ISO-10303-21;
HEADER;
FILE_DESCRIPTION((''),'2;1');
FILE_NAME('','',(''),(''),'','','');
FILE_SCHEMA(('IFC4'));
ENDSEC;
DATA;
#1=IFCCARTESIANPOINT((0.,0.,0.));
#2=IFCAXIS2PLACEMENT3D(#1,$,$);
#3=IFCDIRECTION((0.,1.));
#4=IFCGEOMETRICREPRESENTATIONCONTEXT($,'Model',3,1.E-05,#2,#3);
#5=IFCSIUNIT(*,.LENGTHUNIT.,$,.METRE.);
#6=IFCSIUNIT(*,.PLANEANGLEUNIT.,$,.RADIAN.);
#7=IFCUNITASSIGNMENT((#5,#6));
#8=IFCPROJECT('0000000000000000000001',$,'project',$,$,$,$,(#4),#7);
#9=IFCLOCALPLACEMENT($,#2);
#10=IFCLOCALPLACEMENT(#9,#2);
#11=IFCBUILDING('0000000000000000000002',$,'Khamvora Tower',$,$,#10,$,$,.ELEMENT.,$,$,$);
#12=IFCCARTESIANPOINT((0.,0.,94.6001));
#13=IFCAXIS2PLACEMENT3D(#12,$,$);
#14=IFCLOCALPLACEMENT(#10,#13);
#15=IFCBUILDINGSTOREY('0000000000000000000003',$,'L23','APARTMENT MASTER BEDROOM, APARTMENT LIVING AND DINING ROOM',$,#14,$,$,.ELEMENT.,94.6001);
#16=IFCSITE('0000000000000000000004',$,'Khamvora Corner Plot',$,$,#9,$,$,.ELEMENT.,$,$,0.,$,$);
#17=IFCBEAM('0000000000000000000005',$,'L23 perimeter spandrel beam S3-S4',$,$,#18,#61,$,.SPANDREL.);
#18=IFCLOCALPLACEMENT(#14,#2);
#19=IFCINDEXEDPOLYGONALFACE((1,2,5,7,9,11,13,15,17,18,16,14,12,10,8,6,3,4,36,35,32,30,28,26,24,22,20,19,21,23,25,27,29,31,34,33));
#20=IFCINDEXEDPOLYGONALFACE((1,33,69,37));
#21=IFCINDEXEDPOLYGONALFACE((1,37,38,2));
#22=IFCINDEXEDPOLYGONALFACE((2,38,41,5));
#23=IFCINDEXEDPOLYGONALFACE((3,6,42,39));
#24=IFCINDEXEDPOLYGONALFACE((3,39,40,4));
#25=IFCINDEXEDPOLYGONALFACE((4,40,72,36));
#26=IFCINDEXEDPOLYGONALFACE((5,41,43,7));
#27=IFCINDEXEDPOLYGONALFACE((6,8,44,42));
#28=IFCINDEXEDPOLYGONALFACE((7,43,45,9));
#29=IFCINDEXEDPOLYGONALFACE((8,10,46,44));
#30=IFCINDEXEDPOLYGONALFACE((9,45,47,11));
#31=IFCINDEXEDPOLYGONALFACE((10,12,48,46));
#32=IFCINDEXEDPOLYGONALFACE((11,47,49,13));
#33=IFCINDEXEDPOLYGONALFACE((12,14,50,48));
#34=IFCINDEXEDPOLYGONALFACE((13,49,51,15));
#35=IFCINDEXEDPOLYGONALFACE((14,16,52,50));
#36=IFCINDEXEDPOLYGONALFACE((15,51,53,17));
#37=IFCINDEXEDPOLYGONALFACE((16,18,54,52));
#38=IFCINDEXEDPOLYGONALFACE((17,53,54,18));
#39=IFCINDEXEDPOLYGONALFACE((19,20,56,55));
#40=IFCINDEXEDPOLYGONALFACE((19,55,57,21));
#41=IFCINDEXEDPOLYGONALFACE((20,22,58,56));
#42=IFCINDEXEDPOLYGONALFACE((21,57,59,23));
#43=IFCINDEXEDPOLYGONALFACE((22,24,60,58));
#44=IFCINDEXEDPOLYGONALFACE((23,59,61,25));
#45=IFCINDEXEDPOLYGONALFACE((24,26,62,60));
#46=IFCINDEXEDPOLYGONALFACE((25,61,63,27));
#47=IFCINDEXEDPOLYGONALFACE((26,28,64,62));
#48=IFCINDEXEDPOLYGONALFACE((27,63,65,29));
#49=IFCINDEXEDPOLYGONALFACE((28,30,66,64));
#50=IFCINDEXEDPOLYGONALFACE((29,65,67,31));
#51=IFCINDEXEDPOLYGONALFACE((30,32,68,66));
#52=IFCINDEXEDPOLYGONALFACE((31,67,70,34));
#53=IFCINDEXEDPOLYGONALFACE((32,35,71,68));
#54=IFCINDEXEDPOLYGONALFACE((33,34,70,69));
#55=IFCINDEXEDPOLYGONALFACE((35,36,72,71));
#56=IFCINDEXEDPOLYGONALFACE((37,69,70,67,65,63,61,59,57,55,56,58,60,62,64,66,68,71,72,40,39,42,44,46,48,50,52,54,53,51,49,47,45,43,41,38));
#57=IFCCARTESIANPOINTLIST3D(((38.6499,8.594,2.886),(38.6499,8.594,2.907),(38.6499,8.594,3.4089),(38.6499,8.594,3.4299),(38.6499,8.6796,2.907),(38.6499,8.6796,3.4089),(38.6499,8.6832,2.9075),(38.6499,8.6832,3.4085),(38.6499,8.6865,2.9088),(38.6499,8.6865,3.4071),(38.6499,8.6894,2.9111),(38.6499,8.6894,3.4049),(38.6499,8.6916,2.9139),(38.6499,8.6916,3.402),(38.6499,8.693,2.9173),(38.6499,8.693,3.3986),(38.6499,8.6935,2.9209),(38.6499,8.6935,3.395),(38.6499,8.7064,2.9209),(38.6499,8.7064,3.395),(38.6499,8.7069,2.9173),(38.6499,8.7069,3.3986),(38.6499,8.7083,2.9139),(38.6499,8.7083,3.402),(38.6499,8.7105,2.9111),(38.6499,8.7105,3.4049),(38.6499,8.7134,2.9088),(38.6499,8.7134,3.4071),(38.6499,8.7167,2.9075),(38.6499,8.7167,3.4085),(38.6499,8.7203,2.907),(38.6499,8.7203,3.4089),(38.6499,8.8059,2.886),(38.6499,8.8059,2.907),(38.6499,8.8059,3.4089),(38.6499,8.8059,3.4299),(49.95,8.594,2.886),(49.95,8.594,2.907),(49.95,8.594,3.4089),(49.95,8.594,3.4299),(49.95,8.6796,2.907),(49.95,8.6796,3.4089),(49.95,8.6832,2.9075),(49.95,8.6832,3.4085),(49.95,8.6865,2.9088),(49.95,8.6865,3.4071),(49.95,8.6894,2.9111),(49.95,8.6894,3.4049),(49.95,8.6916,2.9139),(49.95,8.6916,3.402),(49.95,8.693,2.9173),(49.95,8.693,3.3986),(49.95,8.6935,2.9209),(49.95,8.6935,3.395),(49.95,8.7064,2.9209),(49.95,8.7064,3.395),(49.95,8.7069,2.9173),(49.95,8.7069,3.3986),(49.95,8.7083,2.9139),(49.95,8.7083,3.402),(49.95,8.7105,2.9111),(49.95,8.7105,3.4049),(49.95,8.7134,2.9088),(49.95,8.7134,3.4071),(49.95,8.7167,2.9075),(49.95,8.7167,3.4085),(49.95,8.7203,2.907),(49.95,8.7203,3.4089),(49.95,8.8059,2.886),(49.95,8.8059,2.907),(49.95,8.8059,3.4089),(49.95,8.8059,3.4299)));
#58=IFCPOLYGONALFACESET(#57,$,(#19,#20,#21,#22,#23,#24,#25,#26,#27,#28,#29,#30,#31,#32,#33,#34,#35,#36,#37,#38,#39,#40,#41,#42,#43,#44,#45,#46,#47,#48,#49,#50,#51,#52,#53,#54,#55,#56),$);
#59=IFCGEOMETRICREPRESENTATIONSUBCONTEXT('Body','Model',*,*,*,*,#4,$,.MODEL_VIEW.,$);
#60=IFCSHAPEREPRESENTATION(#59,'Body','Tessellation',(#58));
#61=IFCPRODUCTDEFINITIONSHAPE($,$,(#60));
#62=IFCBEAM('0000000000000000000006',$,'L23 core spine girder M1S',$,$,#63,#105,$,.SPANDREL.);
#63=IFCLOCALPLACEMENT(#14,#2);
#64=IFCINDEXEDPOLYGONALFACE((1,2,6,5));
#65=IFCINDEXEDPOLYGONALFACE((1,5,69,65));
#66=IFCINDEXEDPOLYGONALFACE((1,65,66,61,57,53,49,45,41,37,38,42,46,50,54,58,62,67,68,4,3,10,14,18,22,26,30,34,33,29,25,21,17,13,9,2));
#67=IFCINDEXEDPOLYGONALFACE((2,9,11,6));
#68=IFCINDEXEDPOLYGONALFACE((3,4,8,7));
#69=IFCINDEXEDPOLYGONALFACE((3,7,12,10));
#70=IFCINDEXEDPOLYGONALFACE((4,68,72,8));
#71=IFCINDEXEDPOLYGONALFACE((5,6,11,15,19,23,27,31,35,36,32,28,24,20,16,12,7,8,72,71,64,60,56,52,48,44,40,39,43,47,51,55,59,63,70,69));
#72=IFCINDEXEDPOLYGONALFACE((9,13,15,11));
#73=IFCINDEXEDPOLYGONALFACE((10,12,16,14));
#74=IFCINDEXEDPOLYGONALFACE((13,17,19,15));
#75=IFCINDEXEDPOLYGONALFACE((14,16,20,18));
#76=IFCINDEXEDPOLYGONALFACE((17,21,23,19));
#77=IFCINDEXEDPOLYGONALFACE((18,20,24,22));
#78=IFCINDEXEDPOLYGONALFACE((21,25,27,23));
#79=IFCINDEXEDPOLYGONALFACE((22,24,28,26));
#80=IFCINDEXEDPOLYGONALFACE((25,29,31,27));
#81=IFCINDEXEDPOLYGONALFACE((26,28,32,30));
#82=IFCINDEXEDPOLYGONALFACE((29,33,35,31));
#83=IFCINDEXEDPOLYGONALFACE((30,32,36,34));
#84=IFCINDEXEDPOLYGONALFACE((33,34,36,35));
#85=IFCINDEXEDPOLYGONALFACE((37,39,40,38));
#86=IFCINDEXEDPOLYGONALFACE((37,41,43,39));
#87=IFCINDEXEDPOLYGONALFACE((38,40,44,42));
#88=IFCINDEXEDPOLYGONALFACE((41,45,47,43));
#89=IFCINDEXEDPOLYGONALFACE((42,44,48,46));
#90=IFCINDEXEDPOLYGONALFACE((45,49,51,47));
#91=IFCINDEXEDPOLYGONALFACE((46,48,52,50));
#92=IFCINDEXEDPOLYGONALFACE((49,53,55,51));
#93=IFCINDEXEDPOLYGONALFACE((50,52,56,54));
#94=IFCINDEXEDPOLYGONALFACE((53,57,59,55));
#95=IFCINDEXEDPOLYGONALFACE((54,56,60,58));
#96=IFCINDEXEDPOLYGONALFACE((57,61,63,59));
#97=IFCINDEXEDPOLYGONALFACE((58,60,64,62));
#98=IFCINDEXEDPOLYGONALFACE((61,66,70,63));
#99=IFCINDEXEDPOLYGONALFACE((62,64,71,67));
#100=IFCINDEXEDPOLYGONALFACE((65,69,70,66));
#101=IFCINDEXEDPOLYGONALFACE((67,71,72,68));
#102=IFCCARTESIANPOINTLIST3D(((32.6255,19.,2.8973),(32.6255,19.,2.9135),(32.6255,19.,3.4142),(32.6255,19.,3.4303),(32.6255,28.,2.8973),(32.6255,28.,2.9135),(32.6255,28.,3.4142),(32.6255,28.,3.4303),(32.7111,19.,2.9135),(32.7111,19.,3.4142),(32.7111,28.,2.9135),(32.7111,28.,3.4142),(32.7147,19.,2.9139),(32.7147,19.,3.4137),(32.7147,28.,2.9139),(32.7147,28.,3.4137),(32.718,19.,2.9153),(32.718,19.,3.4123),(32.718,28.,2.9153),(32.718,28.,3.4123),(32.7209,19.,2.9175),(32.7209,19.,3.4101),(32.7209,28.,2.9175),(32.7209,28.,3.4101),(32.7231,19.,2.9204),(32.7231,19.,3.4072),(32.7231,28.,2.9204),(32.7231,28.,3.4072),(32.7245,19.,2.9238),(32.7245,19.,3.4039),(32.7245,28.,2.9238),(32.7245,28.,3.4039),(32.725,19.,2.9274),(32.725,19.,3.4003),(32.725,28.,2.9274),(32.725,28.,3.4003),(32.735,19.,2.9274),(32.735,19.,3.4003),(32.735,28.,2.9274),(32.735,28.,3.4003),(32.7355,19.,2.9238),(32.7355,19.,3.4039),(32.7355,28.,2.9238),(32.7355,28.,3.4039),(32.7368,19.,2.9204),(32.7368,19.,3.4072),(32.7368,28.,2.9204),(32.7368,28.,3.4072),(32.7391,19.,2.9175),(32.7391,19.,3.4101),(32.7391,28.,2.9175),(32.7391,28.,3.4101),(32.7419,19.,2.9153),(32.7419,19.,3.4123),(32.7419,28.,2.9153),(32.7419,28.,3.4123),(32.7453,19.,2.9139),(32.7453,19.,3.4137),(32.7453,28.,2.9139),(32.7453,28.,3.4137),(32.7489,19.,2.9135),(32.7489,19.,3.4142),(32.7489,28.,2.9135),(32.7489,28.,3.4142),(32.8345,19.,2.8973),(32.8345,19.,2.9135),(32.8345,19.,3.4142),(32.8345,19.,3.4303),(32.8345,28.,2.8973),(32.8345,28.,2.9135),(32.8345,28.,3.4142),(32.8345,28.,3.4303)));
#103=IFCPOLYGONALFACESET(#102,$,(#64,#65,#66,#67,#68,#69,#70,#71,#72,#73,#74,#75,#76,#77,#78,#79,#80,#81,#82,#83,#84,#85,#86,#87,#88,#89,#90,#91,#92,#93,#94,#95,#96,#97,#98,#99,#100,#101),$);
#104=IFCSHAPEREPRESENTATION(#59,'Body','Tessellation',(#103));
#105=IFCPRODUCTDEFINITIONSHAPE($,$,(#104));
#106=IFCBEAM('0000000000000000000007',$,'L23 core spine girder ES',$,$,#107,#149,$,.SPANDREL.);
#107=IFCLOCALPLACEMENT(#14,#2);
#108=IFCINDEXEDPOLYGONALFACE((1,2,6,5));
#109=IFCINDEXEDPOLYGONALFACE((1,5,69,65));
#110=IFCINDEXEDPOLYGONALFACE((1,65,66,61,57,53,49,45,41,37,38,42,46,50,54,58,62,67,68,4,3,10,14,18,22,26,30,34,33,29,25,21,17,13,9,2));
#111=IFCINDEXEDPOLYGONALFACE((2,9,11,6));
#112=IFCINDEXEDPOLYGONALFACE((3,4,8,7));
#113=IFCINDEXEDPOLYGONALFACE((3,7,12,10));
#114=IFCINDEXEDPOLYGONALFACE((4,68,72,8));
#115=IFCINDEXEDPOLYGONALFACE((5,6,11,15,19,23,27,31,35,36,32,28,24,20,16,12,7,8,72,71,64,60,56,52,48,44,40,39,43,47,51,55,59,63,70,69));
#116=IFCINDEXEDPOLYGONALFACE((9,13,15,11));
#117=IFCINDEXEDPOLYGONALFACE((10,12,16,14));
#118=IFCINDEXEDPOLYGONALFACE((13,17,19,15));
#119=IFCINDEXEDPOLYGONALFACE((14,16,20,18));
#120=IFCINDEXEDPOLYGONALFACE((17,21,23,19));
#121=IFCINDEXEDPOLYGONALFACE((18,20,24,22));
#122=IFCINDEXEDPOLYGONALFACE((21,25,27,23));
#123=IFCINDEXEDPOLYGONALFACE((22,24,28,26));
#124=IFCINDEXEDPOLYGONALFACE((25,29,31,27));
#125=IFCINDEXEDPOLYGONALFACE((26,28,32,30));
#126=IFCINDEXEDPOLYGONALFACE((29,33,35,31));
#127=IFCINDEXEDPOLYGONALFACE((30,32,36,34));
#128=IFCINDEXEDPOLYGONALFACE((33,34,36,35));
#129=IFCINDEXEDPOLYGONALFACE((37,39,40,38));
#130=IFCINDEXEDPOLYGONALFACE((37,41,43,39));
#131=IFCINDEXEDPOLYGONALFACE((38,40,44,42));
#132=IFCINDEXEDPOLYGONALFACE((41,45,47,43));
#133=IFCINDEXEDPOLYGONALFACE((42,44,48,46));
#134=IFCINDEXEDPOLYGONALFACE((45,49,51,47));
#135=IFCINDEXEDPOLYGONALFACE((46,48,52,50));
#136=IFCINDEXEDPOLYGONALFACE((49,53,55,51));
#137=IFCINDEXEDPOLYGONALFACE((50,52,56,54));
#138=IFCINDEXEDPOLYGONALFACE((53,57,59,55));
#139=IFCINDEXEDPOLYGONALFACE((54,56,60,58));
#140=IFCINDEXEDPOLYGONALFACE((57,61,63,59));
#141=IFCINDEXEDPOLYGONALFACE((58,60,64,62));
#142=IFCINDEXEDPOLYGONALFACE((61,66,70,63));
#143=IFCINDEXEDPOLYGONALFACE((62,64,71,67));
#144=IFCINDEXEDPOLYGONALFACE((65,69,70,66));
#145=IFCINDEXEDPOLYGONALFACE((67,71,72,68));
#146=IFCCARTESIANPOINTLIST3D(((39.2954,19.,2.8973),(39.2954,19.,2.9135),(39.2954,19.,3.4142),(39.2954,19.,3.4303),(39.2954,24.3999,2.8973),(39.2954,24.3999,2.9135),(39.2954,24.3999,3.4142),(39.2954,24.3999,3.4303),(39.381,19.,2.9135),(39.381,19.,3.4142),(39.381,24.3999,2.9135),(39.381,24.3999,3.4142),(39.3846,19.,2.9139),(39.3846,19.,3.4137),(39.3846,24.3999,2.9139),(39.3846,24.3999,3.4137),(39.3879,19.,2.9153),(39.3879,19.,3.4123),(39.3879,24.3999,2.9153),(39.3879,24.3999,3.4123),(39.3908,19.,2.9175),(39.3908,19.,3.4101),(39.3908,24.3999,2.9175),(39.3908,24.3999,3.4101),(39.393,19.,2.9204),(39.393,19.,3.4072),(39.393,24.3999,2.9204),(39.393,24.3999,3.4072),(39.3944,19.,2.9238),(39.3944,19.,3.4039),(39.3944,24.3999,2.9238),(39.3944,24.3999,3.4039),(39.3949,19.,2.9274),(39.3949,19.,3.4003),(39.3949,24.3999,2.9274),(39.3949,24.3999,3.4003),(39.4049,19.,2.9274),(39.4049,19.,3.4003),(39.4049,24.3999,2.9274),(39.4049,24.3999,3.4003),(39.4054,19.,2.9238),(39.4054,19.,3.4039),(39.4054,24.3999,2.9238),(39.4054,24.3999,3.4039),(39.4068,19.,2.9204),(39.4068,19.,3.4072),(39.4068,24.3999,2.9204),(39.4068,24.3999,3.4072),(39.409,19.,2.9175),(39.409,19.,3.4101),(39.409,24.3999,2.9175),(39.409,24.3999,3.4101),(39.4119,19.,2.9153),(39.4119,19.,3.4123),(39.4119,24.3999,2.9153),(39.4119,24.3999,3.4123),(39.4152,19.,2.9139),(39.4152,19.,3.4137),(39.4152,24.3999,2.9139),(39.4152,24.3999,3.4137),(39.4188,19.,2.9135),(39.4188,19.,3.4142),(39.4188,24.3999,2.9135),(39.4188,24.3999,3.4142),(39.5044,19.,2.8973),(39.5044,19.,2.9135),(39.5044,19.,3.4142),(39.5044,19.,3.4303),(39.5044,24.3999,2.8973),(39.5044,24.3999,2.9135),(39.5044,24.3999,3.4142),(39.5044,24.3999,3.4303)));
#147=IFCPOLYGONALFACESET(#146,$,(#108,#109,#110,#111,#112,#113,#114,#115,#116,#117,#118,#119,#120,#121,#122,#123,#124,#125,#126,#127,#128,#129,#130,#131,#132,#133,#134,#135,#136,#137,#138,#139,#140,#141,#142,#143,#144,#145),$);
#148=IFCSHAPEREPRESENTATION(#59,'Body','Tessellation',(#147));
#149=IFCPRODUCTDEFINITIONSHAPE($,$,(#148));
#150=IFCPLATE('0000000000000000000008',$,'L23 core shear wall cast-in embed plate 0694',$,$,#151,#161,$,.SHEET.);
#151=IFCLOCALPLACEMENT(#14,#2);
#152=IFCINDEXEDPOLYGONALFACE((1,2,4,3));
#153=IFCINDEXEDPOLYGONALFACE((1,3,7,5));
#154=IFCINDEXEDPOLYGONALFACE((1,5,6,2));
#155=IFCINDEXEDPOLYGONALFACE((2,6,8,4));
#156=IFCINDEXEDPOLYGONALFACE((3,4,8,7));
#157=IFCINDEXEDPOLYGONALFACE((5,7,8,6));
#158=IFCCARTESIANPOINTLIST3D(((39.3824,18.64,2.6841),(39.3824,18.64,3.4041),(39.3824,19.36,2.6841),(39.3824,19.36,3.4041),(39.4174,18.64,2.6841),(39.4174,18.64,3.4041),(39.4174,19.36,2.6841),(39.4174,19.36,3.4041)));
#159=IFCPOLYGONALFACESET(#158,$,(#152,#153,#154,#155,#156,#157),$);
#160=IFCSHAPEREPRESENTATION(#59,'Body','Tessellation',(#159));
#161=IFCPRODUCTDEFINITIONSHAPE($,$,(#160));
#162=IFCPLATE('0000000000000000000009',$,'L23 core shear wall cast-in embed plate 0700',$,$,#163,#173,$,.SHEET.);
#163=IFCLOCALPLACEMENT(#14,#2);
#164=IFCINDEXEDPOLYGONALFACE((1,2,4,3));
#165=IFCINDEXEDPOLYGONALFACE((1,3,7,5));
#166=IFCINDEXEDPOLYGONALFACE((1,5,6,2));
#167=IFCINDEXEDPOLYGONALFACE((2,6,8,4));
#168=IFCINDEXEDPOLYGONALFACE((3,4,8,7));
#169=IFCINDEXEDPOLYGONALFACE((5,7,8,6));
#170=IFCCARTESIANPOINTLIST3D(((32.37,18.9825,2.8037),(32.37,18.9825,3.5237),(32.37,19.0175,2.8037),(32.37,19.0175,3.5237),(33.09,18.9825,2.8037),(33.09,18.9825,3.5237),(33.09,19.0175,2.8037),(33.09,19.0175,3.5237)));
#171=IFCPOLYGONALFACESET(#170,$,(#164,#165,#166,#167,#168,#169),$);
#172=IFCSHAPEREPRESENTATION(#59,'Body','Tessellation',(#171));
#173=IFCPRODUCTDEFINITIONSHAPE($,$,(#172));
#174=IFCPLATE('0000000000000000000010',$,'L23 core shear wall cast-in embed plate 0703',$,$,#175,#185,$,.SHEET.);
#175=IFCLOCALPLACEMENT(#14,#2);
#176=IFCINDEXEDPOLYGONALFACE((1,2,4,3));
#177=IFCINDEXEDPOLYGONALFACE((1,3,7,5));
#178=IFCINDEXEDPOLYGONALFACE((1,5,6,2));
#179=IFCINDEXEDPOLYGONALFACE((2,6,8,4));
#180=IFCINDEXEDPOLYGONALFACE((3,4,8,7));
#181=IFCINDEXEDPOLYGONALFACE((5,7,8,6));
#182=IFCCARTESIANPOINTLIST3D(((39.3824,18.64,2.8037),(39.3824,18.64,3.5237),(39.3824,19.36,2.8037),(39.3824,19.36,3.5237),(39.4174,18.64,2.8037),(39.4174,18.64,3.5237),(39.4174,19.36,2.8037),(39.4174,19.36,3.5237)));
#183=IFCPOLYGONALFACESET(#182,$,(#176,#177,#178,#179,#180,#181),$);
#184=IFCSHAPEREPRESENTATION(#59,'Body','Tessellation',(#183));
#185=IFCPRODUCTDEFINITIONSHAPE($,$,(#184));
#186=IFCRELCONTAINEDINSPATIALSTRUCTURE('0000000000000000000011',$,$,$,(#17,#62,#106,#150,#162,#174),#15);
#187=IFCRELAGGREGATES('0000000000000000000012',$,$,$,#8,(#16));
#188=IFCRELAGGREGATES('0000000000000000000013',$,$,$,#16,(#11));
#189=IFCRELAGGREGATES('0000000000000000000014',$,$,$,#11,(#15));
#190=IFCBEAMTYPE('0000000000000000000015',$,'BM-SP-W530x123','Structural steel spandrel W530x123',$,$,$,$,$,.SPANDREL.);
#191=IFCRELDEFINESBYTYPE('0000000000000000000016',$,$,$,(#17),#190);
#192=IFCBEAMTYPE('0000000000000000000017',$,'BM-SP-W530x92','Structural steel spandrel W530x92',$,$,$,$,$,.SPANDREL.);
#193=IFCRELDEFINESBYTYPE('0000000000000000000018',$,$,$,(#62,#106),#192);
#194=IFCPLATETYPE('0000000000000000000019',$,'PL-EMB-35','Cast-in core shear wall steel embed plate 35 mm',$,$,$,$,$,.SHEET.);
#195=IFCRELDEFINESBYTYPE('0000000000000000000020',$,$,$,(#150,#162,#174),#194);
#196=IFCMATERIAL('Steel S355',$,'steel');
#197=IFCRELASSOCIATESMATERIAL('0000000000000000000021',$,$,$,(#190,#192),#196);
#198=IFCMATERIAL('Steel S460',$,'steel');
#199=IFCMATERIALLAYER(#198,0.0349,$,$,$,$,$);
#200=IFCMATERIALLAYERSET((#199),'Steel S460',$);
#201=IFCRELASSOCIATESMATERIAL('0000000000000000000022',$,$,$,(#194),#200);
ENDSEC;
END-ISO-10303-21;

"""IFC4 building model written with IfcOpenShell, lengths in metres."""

from ifc_helpers import new_model, si_unit, direction, frame, origin, origin_2d, place, context, subcontext, project, spatial, rectangle, i_section, extrude, material, layer, layer_set, material_profile, profile_set, type_object, element, save


model = new_model("IFC4")

# Units and contexts
model_context = context("Model", 3, precision=1e-05, world=origin(), true_north=direction((0.0, 1.0)))
body_context = subcontext(model_context, "Body", "Model", "MODEL_VIEW")
ifc_project = project(units=[si_unit("LENGTHUNIT", "METRE"), si_unit("PLANEANGLEUNIT", "RADIAN")], contexts=[model_context])

# Site, building, storey
site_placement = place(None, origin())
site = spatial("IfcSite", under=ifc_project, at=site_placement, Name="Khamvora Corner Plot", CompositionType="ELEMENT", RefElevation=0.0)
building_placement = place(site_placement, origin())
building = spatial("IfcBuilding", under=site, at=building_placement, Name="Khamvora Tower", CompositionType="ELEMENT")
storey_placement = place(building_placement, frame((0.0, 0.0, 94.6001)))
storey = spatial("IfcBuildingStorey", under=building, at=storey_placement, Name="L23", Description="APARTMENT MASTER BEDROOM, APARTMENT LIVING AND DINING ROOM", CompositionType="ELEMENT", Elevation=94.6001)

# Shared definitions
ifc_material_1 = material(Name="Steel S355", Category="steel")
ifc_material_2 = material(Name="Steel S460", Category="steel")

# Beams
ifc_material_profile_1 = material_profile(ifc_material_1, i_section(OverallWidth=0.2119, OverallDepth=0.5439, WebThickness=0.0129, FlangeThickness=0.021, FilletRadius=0.0139, at=origin_2d()), Name="W530x123")
ifc_profile_set_1 = profile_set([ifc_material_profile_1], Name="Steel S355")
beam_type_1 = type_object("IfcBeamType", Name="BM-SP-W530x123", Description="Structural steel spandrel W530x123", PredefinedType="SPANDREL", material=ifc_profile_set_1)
beam_1_placement = place(storey_placement, frame((38.6499, 8.7, 3.158), z_axis=(1.0, 0.0, 0.0), x_axis=(0.0, 1.0, 0.0)))
element("IfcBeam", 1, at=beam_1_placement, inside=storey, type_object=beam_type_1, Name="L23 perimeter spandrel beam S3-S4", PredefinedType="SPANDREL", context=body_context, shape_type="SweptSolid", body=[
    extrude(i_section(OverallWidth=0.2119, OverallDepth=0.5439, WebThickness=0.0129, FlangeThickness=0.021, FilletRadius=0.0139, at=origin_2d()), origin(), (0.0, 0.0, 1.0), 11.3),
])
ifc_material_profile_2 = material_profile(ifc_material_1, i_section(OverallWidth=0.209, OverallDepth=0.533, WebThickness=0.01, FlangeThickness=0.0161, FilletRadius=0.0139, at=origin_2d()), Name="W530x92")
ifc_profile_set_2 = profile_set([ifc_material_profile_2], Name="Steel S355")
beam_type_2 = type_object("IfcBeamType", Name="BM-SP-W530x92", Description="Structural steel spandrel W530x92", PredefinedType="SPANDREL", material=ifc_profile_set_2)
beam_2_placement = place(storey_placement, frame((32.73, 19.0, 3.1638), z_axis=(0.0, 1.0, 0.0), x_axis=(-1.0, 0.0, 0.0)))
element("IfcBeam", 2, at=beam_2_placement, inside=storey, type_object=beam_type_2, Name="L23 core spine girder M1S", PredefinedType="SPANDREL", context=body_context, shape_type="SweptSolid", body=[
    extrude(i_section(OverallWidth=0.209, OverallDepth=0.533, WebThickness=0.01, FlangeThickness=0.0161, FilletRadius=0.0139, at=origin_2d()), origin(), (0.0, 0.0, 1.0), 9.0),
])
beam_3_placement = place(storey_placement, frame((39.3999, 19.0, 3.1638), z_axis=(0.0, 1.0, 0.0), x_axis=(-1.0, 0.0, 0.0)))
element("IfcBeam", 3, at=beam_3_placement, inside=storey, type_object=beam_type_2, Name="L23 core spine girder ES", PredefinedType="SPANDREL", context=body_context, shape_type="SweptSolid", body=[
    extrude(i_section(OverallWidth=0.209, OverallDepth=0.533, WebThickness=0.01, FlangeThickness=0.0161, FilletRadius=0.0139, at=origin_2d()), origin(), (0.0, 0.0, 1.0), 5.3999),
])

# Plates
ifc_layer_1 = layer(ifc_material_2, 0.0349)
ifc_layer_set_1 = layer_set([ifc_layer_1], Name="Steel S460")
plate_type = type_object("IfcPlateType", Name="PL-EMB-35", Description="Cast-in core shear wall steel embed plate 35 mm", PredefinedType="SHEET", material=ifc_layer_set_1)
plate_1_placement = place(storey_placement, frame((39.3999, 19.0, 2.6841), z_axis=(0.0, 0.0, 1.0), x_axis=(1.0, 0.0, 0.0)))
element("IfcPlate", 4, at=plate_1_placement, inside=storey, type_object=plate_type, Name="L23 core shear wall cast-in embed plate 0694", PredefinedType="SHEET", context=body_context, shape_type="SweptSolid", body=[
    extrude(rectangle(XDim=0.0349, YDim=0.72, at=origin_2d()), origin(), (0.0, 0.0, 1.0), 0.72),
])
plate_2_placement = place(storey_placement, frame((32.73, 19.0, 2.8037), z_axis=(0.0, 0.0, 1.0), x_axis=(1.0, 0.0, 0.0)))
element("IfcPlate", 5, at=plate_2_placement, inside=storey, type_object=plate_type, Name="L23 core shear wall cast-in embed plate 0700", PredefinedType="SHEET", context=body_context, shape_type="SweptSolid", body=[
    extrude(rectangle(XDim=0.72, YDim=0.0349, at=origin_2d()), origin(), (0.0, 0.0, 1.0), 0.72),
])
plate_3_placement = place(storey_placement, frame((39.3999, 19.0, 2.8037), z_axis=(0.0, 0.0, 1.0), x_axis=(1.0, 0.0, 0.0)))
element("IfcPlate", 6, at=plate_3_placement, inside=storey, type_object=plate_type, Name="L23 core shear wall cast-in embed plate 0703", PredefinedType="SHEET", context=body_context, shape_type="SweptSolid", body=[
    extrude(rectangle(XDim=0.0349, YDim=0.72, at=origin_2d()), origin(), (0.0, 0.0, 1.0), 0.72),
])

save(model, "model.ifc")
